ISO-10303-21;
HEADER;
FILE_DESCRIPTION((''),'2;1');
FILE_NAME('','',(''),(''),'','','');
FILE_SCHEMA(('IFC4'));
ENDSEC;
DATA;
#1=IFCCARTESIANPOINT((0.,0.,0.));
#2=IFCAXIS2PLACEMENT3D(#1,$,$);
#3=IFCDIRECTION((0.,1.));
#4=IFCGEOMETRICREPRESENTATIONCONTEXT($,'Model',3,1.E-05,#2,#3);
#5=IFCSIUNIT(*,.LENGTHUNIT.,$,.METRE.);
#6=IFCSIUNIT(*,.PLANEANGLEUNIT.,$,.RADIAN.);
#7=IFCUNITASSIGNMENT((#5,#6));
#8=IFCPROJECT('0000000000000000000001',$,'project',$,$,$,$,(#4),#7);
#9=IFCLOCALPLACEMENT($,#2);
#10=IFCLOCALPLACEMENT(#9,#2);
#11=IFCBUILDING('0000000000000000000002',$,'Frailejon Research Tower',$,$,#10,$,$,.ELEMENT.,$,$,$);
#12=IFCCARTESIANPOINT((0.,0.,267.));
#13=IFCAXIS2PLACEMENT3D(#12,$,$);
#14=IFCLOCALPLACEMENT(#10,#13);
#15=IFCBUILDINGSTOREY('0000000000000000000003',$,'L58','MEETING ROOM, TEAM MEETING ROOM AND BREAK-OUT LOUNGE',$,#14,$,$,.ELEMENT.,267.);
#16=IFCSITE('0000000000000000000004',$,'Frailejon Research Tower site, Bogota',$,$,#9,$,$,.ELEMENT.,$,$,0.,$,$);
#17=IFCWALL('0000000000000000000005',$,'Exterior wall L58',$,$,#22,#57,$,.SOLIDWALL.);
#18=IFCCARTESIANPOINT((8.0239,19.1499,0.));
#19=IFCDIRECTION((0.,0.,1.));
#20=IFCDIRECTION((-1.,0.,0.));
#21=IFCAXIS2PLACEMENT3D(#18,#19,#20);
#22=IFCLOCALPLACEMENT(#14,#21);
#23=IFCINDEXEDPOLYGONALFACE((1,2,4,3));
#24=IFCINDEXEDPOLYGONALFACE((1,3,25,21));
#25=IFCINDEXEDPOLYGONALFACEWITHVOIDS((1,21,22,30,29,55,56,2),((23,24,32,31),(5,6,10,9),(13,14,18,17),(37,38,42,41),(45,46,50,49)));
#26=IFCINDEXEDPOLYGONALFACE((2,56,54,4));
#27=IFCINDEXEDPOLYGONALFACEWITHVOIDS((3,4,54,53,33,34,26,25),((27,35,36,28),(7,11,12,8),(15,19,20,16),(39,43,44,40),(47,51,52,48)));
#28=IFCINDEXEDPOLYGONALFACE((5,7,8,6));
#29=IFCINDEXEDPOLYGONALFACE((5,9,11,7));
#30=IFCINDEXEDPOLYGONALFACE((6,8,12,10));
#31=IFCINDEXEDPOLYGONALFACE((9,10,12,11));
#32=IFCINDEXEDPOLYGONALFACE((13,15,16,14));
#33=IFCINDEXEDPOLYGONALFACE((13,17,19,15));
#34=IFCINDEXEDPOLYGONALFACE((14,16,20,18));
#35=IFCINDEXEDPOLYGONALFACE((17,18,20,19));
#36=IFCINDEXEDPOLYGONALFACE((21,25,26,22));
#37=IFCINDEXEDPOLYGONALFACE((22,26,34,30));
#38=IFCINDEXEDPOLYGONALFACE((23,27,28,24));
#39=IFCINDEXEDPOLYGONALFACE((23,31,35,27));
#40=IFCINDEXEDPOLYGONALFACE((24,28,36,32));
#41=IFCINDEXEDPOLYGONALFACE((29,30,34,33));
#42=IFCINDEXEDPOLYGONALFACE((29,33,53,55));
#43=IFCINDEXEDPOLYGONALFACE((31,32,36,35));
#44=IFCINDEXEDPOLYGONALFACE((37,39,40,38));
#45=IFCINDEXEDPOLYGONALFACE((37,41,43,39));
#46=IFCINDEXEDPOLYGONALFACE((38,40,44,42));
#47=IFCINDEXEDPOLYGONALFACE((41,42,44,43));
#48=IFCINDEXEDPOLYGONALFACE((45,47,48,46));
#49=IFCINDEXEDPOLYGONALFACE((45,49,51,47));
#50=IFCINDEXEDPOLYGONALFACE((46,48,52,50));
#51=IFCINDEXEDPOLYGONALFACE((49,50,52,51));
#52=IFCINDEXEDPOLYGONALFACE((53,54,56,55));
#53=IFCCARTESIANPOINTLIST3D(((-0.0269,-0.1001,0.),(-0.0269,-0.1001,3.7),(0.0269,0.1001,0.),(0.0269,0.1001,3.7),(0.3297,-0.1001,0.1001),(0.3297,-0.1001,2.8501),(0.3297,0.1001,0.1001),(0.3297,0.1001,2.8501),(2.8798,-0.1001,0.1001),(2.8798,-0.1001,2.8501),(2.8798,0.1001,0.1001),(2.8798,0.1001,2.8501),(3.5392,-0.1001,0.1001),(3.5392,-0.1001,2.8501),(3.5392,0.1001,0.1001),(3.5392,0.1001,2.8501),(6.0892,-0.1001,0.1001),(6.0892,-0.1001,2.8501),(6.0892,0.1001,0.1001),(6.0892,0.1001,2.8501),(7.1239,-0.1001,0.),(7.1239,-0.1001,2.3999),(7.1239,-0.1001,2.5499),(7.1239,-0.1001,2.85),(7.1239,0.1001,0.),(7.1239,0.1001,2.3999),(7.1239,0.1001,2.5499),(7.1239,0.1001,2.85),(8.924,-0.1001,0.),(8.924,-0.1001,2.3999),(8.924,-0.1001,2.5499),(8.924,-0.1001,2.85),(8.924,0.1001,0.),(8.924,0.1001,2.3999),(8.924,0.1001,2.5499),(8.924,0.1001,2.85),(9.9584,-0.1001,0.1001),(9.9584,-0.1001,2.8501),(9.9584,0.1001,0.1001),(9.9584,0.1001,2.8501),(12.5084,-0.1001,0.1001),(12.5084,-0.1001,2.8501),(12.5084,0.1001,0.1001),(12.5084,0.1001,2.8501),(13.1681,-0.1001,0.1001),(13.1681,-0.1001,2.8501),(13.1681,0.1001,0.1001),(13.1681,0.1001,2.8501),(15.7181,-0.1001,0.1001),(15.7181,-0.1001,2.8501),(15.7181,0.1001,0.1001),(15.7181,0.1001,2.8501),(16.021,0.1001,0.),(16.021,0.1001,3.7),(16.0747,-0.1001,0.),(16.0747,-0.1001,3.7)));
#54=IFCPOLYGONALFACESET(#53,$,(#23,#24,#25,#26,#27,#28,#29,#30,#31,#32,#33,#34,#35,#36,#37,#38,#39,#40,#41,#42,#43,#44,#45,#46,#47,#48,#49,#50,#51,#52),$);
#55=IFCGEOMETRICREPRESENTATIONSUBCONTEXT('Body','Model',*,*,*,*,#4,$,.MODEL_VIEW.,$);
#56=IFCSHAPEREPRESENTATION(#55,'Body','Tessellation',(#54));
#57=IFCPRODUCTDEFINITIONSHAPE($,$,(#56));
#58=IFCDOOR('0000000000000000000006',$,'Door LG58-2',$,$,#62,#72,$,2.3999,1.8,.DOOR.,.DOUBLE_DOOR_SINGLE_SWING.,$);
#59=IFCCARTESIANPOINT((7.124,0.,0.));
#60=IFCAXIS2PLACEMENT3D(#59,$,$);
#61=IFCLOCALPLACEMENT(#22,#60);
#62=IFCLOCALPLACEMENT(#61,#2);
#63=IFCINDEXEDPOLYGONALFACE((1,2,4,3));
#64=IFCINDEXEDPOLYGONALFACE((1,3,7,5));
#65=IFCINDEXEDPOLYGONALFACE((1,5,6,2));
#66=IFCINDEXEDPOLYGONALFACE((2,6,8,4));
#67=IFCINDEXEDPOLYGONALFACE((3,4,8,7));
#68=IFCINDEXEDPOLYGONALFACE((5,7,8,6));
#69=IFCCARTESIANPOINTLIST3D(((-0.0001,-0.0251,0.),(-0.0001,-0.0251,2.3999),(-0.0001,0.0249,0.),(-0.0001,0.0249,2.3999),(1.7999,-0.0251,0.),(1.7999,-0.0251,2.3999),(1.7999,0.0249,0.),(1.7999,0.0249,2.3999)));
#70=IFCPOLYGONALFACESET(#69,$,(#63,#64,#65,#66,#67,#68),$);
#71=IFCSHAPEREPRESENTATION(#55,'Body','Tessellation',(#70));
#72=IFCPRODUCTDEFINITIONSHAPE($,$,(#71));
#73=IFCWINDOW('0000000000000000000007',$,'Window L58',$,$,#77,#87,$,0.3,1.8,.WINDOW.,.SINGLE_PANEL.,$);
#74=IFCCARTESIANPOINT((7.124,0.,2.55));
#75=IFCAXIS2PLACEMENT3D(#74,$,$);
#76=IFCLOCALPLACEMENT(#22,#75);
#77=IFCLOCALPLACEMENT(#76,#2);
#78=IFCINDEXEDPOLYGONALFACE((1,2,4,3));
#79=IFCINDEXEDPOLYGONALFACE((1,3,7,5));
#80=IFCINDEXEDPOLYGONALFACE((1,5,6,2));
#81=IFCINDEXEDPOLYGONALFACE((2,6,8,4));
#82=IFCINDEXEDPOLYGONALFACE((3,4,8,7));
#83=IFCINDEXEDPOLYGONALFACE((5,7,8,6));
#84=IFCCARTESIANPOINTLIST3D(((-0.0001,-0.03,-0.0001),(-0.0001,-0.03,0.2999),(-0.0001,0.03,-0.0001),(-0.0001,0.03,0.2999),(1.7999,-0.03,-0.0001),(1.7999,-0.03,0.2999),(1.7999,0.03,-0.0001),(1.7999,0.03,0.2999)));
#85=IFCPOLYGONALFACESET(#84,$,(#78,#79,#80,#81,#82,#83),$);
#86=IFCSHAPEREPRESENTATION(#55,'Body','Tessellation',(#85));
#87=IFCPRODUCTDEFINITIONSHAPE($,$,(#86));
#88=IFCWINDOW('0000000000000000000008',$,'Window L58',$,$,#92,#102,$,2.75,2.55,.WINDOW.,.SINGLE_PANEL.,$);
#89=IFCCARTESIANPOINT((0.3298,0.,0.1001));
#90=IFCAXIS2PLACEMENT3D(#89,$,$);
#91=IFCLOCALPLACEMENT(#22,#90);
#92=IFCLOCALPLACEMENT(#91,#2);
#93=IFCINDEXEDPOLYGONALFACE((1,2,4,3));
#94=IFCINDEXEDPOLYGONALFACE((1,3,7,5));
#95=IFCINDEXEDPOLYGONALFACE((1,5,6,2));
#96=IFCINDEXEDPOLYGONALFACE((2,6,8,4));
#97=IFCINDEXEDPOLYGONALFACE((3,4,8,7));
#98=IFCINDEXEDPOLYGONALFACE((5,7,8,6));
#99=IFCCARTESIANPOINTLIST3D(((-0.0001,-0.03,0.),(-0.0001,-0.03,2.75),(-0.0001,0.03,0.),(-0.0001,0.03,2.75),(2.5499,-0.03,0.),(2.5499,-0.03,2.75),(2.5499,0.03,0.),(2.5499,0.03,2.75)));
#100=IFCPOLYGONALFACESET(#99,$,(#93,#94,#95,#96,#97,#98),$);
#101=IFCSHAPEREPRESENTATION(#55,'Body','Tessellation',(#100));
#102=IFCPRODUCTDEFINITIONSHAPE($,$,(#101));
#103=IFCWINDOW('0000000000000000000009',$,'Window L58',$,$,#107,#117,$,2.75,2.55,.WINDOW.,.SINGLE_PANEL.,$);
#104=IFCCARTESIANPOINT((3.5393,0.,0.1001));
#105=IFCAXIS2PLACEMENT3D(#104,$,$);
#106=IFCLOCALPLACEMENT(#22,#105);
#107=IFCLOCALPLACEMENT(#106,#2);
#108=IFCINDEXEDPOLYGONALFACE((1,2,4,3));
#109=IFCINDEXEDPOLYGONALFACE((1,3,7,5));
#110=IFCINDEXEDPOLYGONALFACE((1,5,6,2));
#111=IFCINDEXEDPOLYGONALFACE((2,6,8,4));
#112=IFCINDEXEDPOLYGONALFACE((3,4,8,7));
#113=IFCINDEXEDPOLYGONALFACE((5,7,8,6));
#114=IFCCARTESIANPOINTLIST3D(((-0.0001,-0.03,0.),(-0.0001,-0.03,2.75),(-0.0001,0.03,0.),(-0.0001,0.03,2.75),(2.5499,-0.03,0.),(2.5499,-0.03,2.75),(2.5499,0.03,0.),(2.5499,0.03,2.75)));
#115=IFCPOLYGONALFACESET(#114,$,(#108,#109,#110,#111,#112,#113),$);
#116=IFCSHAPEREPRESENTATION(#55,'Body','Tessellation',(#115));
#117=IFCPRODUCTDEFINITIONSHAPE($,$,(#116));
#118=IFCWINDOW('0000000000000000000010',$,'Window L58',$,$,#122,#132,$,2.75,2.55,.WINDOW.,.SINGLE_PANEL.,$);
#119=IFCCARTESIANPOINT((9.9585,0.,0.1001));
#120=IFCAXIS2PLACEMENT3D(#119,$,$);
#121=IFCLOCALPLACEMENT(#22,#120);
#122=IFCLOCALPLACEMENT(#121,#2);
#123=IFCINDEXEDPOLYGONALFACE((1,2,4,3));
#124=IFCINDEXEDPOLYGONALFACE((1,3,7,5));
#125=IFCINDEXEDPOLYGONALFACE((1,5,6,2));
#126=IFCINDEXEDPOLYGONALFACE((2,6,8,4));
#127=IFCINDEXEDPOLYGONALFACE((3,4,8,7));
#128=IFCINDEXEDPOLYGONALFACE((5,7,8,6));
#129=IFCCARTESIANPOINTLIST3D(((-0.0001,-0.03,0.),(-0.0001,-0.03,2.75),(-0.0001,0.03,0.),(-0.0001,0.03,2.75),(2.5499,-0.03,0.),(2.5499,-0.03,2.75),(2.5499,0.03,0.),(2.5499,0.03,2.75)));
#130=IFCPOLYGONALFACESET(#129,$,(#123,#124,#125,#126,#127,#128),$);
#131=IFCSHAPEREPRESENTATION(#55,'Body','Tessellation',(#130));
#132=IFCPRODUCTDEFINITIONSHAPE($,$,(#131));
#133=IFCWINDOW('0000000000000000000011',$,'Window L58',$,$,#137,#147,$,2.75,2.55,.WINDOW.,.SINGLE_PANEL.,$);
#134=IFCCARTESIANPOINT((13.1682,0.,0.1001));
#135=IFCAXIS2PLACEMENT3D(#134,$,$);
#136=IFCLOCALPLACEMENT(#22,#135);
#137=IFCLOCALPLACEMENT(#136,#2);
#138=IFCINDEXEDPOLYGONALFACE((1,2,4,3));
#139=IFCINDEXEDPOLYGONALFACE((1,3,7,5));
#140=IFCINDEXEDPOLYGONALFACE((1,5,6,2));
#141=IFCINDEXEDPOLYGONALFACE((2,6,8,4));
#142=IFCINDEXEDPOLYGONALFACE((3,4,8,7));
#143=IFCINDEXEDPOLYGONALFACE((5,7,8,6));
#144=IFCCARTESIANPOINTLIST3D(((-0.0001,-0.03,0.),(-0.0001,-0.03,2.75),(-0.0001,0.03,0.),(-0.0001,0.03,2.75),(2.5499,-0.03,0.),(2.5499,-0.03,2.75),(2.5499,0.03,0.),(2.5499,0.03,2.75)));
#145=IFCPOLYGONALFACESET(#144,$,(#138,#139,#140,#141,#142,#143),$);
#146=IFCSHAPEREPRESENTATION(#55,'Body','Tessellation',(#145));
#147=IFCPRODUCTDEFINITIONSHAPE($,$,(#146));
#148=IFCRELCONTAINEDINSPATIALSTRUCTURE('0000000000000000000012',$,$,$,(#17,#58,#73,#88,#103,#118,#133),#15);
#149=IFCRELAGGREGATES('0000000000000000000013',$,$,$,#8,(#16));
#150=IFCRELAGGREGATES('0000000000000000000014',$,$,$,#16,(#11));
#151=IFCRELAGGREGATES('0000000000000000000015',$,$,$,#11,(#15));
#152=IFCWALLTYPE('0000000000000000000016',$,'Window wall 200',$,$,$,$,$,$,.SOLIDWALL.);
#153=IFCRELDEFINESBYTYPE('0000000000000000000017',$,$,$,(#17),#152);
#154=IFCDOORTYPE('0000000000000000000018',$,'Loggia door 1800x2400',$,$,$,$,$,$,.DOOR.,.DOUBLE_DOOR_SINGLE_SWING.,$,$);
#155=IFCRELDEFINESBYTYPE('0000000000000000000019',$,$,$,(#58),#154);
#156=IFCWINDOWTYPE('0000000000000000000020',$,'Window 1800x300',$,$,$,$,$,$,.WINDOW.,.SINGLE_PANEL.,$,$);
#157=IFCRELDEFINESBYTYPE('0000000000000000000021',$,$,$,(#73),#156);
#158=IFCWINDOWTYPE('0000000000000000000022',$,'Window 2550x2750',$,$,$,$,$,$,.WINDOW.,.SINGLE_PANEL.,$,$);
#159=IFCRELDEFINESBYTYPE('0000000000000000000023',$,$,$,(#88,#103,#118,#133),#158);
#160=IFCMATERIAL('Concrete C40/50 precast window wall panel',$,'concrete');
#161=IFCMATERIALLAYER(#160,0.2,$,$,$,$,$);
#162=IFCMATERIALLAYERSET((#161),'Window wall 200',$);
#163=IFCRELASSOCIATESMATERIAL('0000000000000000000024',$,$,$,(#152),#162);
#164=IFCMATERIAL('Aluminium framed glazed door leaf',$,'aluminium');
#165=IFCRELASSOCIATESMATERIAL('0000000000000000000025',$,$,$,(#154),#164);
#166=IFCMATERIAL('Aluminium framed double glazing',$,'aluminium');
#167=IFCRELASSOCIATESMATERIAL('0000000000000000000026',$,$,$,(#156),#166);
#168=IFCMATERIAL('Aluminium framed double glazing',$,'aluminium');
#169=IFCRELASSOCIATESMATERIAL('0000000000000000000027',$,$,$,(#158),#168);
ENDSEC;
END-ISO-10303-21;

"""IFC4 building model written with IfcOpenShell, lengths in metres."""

from ifc_helpers import new_model, si_unit, direction, frame, frame_2d, origin, place, context, subcontext, project, spatial, polyline, rectangle, outline, extrude, material, layer, layer_set, type_object, element, fill, save


model = new_model("IFC4")

# Units and contexts
model_context = context("Model", 3, precision=1e-05, world=origin(), true_north=direction((0.0, 1.0)))
body_context = subcontext(model_context, "Body", "Model", "MODEL_VIEW")
ifc_project = project(units=[si_unit("LENGTHUNIT", "METRE"), si_unit("PLANEANGLEUNIT", "RADIAN")], contexts=[model_context])

# Site, building, storey
site_placement = place(None, origin())
site = spatial("IfcSite", under=ifc_project, at=site_placement, Name="Frailejon Research Tower site, Bogota", CompositionType="ELEMENT", RefElevation=0.0)
building_placement = place(site_placement, origin())
building = spatial("IfcBuilding", under=site, at=building_placement, Name="Frailejon Research Tower", CompositionType="ELEMENT")
storey_placement = place(building_placement, frame((0.0, 0.0, 267.0)))
storey = spatial("IfcBuildingStorey", under=building, at=storey_placement, Name="L58", Description="MEETING ROOM, TEAM MEETING ROOM AND BREAK-OUT LOUNGE", CompositionType="ELEMENT", Elevation=267.0)

# Wall, openings, door, windows
ifc_material_1 = material(Name="Concrete C40/50 precast window wall panel", Category="concrete")
ifc_layer_1 = layer(ifc_material_1, 0.2)
ifc_layer_set_1 = layer_set([ifc_layer_1], Name="Window wall 200")
wall_type_1 = type_object("IfcWallType", Name="Window wall 200", PredefinedType="SOLIDWALL", material=ifc_layer_set_1)
wall_1_placement = place(storey_placement, frame((8.0239, 19.1499, 0.0), z_axis=(0.0, 0.0, 1.0), x_axis=(-1.0, 0.0, 0.0)))
wall_1 = element("IfcWall", 1, at=wall_1_placement, inside=storey, type_object=wall_type_1, Name="Exterior wall L58", PredefinedType="SOLIDWALL", context=body_context, shape_type="SweptSolid", body=[
    extrude(outline(polyline([(-0.0269, -0.1001), (0.9795, -0.1001), (1.9858, -0.1001), (2.9922, -0.1001), (3.9985, -0.1001), (5.0049, -0.1001), (6.0112, -0.1001), (7.0176, -0.1001), (8.0239, -0.1001), (9.0303, -0.1001), (10.0366, -0.1001), (11.043, -0.1001), (12.0493, -0.1001), (13.0557, -0.1001), (14.062, -0.1001), (15.0684, -0.1001), (16.0747, -0.1001), (16.021, 0.1001), (15.0215, 0.1001), (14.0217, 0.1001), (13.022, 0.1001), (12.0225, 0.1001), (11.0229, 0.1001), (10.0232, 0.1001), (9.0234, 0.1001), (8.0239, 0.1001), (7.0244, 0.1001), (6.0247, 0.1001), (5.0249, 0.1001), (4.0254, 0.1001), (3.0259, 0.1001), (2.0261, 0.1001), (1.0264, 0.1001), (0.0269, 0.1001), (-0.0269, -0.1001)])), origin(), (0.0, 0.0, 1.0), 3.7),
])
opening_1_placement = place(wall_1_placement, frame((0.3298, 0.0, 0.1001)))
opening_1 = element("IfcOpeningElement", 2, at=opening_1_placement, cuts=wall_1, PredefinedType="OPENING", context=body_context, shape_type="SweptSolid", body=[
    extrude(rectangle(XDim=2.55, YDim=2.75, at=frame_2d((1.2749, 1.375))), frame((0.0, 0.1099, 0.0), z_axis=(0.0, -1.0, 0.0), x_axis=(1.0, 0.0, 0.0)), (0.0, 0.0, 1.0), 0.22),
])
opening_2_placement = place(wall_1_placement, frame((3.5393, 0.0, 0.1001)))
opening_2 = element("IfcOpeningElement", 3, at=opening_2_placement, cuts=wall_1, PredefinedType="OPENING", context=body_context, shape_type="SweptSolid", body=[
    extrude(rectangle(XDim=2.55, YDim=2.75, at=frame_2d((1.2749, 1.375))), frame((0.0, 0.1099, 0.0), z_axis=(0.0, -1.0, 0.0), x_axis=(1.0, 0.0, 0.0)), (0.0, 0.0, 1.0), 0.22),
])
opening_3_placement = place(wall_1_placement, frame((7.124, 0.0, 0.0)))
opening_3 = element("IfcOpeningElement", 4, at=opening_3_placement, cuts=wall_1, PredefinedType="OPENING", context=body_context, shape_type="SweptSolid", body=[
    extrude(rectangle(XDim=1.8, YDim=2.3999, at=frame_2d((0.8999, 1.2))), frame((0.0, 0.1099, 0.0), z_axis=(0.0, -1.0, 0.0), x_axis=(1.0, 0.0, 0.0)), (0.0, 0.0, 1.0), 0.22),
])
opening_4_placement = place(wall_1_placement, frame((7.124, 0.0, 2.55)))
opening_4 = element("IfcOpeningElement", 5, at=opening_4_placement, cuts=wall_1, PredefinedType="OPENING", context=body_context, shape_type="SweptSolid", body=[
    extrude(rectangle(XDim=1.8, YDim=0.3, at=frame_2d((0.8999, 0.1499))), frame((0.0, 0.1099, 0.0), z_axis=(0.0, -1.0, 0.0), x_axis=(1.0, 0.0, 0.0)), (0.0, 0.0, 1.0), 0.22),
])
opening_5_placement = place(wall_1_placement, frame((9.9585, 0.0, 0.1001)))
opening_5 = element("IfcOpeningElement", 6, at=opening_5_placement, cuts=wall_1, PredefinedType="OPENING", context=body_context, shape_type="SweptSolid", body=[
    extrude(rectangle(XDim=2.55, YDim=2.75, at=frame_2d((1.2749, 1.375))), frame((0.0, 0.1099, 0.0), z_axis=(0.0, -1.0, 0.0), x_axis=(1.0, 0.0, 0.0)), (0.0, 0.0, 1.0), 0.22),
])
opening_6_placement = place(wall_1_placement, frame((13.1682, 0.0, 0.1001)))
opening_6 = element("IfcOpeningElement", 7, at=opening_6_placement, cuts=wall_1, PredefinedType="OPENING", context=body_context, shape_type="SweptSolid", body=[
    extrude(rectangle(XDim=2.55, YDim=2.75, at=frame_2d((1.2749, 1.375))), frame((0.0, 0.1099, 0.0), z_axis=(0.0, -1.0, 0.0), x_axis=(1.0, 0.0, 0.0)), (0.0, 0.0, 1.0), 0.22),
])
ifc_material_2 = material(Name="Aluminium framed glazed door leaf", Category="aluminium")
door_type = type_object("IfcDoorType", Name="Loggia door 1800x2400", OperationType="DOUBLE_DOOR_SINGLE_SWING", PredefinedType="DOOR", material=ifc_material_2)
door_placement = place(opening_3_placement, origin())
door = element("IfcDoor", 8, at=door_placement, inside=storey, type_object=door_type, Name="Door LG58-2", OperationType="DOUBLE_DOOR_SINGLE_SWING", OverallHeight=2.3999, OverallWidth=1.8, PredefinedType="DOOR", context=body_context, shape_type="SweptSolid", body=[
    extrude(rectangle(XDim=1.8, YDim=2.3999, at=frame_2d((0.8999, 1.2))), frame((0.0, 0.0249, 0.0), z_axis=(0.0, -1.0, 0.0), x_axis=(1.0, 0.0, 0.0)), (0.0, 0.0, 1.0), 0.05),
])
fill(opening_3, door)
ifc_material_3 = material(Name="Aluminium framed double glazing", Category="aluminium")
window_type_1 = type_object("IfcWindowType", Name="Window 1800x300", PartitioningType="SINGLE_PANEL", PredefinedType="WINDOW", material=ifc_material_3)
window_1_placement = place(opening_4_placement, origin())
window_1 = element("IfcWindow", 9, at=window_1_placement, inside=storey, type_object=window_type_1, Name="Window L58", OverallHeight=0.3, OverallWidth=1.8, PartitioningType="SINGLE_PANEL", PredefinedType="WINDOW", context=body_context, shape_type="SweptSolid", body=[
    extrude(rectangle(XDim=1.8, YDim=0.3, at=frame_2d((0.8999, 0.1499))), frame((0.0, 0.03, 0.0), z_axis=(0.0, -1.0, 0.0), x_axis=(1.0, 0.0, 0.0)), (0.0, 0.0, 1.0), 0.0601),
])
fill(opening_4, window_1)
ifc_material_4 = material(Name="Aluminium framed double glazing", Category="aluminium")
window_type_2 = type_object("IfcWindowType", Name="Window 2550x2750", PartitioningType="SINGLE_PANEL", PredefinedType="WINDOW", material=ifc_material_4)
window_2_placement = place(opening_1_placement, origin())
window_2 = element("IfcWindow", 10, at=window_2_placement, inside=storey, type_object=window_type_2, Name="Window L58", OverallHeight=2.75, OverallWidth=2.55, PartitioningType="SINGLE_PANEL", PredefinedType="WINDOW", context=body_context, shape_type="SweptSolid", body=[
    extrude(rectangle(XDim=2.55, YDim=2.75, at=frame_2d((1.2749, 1.375))), frame((0.0, 0.03, 0.0), z_axis=(0.0, -1.0, 0.0), x_axis=(1.0, 0.0, 0.0)), (0.0, 0.0, 1.0), 0.0601),
])
fill(opening_1, window_2)
window_3_placement = place(opening_2_placement, origin())
window_3 = element("IfcWindow", 11, at=window_3_placement, inside=storey, type_object=window_type_2, Name="Window L58", OverallHeight=2.75, OverallWidth=2.55, PartitioningType="SINGLE_PANEL", PredefinedType="WINDOW", context=body_context, shape_type="SweptSolid", body=[
    extrude(rectangle(XDim=2.55, YDim=2.75, at=frame_2d((1.2749, 1.375))), frame((0.0, 0.03, 0.0), z_axis=(0.0, -1.0, 0.0), x_axis=(1.0, 0.0, 0.0)), (0.0, 0.0, 1.0), 0.0601),
])
fill(opening_2, window_3)
window_4_placement = place(opening_5_placement, origin())
window_4 = element("IfcWindow", 12, at=window_4_placement, inside=storey, type_object=window_type_2, Name="Window L58", OverallHeight=2.75, OverallWidth=2.55, PartitioningType="SINGLE_PANEL", PredefinedType="WINDOW", context=body_context, shape_type="SweptSolid", body=[
    extrude(rectangle(XDim=2.55, YDim=2.75, at=frame_2d((1.2749, 1.375))), frame((0.0, 0.03, 0.0), z_axis=(0.0, -1.0, 0.0), x_axis=(1.0, 0.0, 0.0)), (0.0, 0.0, 1.0), 0.0601),
])
fill(opening_5, window_4)
window_5_placement = place(opening_6_placement, origin())
window_5 = element("IfcWindow", 13, at=window_5_placement, inside=storey, type_object=window_type_2, Name="Window L58", OverallHeight=2.75, OverallWidth=2.55, PartitioningType="SINGLE_PANEL", PredefinedType="WINDOW", context=body_context, shape_type="SweptSolid", body=[
    extrude(rectangle(XDim=2.55, YDim=2.75, at=frame_2d((1.2749, 1.375))), frame((0.0, 0.03, 0.0), z_axis=(0.0, -1.0, 0.0), x_axis=(1.0, 0.0, 0.0)), (0.0, 0.0, 1.0), 0.0601),
])
fill(opening_6, window_5)

save(model, "model.ifc")
